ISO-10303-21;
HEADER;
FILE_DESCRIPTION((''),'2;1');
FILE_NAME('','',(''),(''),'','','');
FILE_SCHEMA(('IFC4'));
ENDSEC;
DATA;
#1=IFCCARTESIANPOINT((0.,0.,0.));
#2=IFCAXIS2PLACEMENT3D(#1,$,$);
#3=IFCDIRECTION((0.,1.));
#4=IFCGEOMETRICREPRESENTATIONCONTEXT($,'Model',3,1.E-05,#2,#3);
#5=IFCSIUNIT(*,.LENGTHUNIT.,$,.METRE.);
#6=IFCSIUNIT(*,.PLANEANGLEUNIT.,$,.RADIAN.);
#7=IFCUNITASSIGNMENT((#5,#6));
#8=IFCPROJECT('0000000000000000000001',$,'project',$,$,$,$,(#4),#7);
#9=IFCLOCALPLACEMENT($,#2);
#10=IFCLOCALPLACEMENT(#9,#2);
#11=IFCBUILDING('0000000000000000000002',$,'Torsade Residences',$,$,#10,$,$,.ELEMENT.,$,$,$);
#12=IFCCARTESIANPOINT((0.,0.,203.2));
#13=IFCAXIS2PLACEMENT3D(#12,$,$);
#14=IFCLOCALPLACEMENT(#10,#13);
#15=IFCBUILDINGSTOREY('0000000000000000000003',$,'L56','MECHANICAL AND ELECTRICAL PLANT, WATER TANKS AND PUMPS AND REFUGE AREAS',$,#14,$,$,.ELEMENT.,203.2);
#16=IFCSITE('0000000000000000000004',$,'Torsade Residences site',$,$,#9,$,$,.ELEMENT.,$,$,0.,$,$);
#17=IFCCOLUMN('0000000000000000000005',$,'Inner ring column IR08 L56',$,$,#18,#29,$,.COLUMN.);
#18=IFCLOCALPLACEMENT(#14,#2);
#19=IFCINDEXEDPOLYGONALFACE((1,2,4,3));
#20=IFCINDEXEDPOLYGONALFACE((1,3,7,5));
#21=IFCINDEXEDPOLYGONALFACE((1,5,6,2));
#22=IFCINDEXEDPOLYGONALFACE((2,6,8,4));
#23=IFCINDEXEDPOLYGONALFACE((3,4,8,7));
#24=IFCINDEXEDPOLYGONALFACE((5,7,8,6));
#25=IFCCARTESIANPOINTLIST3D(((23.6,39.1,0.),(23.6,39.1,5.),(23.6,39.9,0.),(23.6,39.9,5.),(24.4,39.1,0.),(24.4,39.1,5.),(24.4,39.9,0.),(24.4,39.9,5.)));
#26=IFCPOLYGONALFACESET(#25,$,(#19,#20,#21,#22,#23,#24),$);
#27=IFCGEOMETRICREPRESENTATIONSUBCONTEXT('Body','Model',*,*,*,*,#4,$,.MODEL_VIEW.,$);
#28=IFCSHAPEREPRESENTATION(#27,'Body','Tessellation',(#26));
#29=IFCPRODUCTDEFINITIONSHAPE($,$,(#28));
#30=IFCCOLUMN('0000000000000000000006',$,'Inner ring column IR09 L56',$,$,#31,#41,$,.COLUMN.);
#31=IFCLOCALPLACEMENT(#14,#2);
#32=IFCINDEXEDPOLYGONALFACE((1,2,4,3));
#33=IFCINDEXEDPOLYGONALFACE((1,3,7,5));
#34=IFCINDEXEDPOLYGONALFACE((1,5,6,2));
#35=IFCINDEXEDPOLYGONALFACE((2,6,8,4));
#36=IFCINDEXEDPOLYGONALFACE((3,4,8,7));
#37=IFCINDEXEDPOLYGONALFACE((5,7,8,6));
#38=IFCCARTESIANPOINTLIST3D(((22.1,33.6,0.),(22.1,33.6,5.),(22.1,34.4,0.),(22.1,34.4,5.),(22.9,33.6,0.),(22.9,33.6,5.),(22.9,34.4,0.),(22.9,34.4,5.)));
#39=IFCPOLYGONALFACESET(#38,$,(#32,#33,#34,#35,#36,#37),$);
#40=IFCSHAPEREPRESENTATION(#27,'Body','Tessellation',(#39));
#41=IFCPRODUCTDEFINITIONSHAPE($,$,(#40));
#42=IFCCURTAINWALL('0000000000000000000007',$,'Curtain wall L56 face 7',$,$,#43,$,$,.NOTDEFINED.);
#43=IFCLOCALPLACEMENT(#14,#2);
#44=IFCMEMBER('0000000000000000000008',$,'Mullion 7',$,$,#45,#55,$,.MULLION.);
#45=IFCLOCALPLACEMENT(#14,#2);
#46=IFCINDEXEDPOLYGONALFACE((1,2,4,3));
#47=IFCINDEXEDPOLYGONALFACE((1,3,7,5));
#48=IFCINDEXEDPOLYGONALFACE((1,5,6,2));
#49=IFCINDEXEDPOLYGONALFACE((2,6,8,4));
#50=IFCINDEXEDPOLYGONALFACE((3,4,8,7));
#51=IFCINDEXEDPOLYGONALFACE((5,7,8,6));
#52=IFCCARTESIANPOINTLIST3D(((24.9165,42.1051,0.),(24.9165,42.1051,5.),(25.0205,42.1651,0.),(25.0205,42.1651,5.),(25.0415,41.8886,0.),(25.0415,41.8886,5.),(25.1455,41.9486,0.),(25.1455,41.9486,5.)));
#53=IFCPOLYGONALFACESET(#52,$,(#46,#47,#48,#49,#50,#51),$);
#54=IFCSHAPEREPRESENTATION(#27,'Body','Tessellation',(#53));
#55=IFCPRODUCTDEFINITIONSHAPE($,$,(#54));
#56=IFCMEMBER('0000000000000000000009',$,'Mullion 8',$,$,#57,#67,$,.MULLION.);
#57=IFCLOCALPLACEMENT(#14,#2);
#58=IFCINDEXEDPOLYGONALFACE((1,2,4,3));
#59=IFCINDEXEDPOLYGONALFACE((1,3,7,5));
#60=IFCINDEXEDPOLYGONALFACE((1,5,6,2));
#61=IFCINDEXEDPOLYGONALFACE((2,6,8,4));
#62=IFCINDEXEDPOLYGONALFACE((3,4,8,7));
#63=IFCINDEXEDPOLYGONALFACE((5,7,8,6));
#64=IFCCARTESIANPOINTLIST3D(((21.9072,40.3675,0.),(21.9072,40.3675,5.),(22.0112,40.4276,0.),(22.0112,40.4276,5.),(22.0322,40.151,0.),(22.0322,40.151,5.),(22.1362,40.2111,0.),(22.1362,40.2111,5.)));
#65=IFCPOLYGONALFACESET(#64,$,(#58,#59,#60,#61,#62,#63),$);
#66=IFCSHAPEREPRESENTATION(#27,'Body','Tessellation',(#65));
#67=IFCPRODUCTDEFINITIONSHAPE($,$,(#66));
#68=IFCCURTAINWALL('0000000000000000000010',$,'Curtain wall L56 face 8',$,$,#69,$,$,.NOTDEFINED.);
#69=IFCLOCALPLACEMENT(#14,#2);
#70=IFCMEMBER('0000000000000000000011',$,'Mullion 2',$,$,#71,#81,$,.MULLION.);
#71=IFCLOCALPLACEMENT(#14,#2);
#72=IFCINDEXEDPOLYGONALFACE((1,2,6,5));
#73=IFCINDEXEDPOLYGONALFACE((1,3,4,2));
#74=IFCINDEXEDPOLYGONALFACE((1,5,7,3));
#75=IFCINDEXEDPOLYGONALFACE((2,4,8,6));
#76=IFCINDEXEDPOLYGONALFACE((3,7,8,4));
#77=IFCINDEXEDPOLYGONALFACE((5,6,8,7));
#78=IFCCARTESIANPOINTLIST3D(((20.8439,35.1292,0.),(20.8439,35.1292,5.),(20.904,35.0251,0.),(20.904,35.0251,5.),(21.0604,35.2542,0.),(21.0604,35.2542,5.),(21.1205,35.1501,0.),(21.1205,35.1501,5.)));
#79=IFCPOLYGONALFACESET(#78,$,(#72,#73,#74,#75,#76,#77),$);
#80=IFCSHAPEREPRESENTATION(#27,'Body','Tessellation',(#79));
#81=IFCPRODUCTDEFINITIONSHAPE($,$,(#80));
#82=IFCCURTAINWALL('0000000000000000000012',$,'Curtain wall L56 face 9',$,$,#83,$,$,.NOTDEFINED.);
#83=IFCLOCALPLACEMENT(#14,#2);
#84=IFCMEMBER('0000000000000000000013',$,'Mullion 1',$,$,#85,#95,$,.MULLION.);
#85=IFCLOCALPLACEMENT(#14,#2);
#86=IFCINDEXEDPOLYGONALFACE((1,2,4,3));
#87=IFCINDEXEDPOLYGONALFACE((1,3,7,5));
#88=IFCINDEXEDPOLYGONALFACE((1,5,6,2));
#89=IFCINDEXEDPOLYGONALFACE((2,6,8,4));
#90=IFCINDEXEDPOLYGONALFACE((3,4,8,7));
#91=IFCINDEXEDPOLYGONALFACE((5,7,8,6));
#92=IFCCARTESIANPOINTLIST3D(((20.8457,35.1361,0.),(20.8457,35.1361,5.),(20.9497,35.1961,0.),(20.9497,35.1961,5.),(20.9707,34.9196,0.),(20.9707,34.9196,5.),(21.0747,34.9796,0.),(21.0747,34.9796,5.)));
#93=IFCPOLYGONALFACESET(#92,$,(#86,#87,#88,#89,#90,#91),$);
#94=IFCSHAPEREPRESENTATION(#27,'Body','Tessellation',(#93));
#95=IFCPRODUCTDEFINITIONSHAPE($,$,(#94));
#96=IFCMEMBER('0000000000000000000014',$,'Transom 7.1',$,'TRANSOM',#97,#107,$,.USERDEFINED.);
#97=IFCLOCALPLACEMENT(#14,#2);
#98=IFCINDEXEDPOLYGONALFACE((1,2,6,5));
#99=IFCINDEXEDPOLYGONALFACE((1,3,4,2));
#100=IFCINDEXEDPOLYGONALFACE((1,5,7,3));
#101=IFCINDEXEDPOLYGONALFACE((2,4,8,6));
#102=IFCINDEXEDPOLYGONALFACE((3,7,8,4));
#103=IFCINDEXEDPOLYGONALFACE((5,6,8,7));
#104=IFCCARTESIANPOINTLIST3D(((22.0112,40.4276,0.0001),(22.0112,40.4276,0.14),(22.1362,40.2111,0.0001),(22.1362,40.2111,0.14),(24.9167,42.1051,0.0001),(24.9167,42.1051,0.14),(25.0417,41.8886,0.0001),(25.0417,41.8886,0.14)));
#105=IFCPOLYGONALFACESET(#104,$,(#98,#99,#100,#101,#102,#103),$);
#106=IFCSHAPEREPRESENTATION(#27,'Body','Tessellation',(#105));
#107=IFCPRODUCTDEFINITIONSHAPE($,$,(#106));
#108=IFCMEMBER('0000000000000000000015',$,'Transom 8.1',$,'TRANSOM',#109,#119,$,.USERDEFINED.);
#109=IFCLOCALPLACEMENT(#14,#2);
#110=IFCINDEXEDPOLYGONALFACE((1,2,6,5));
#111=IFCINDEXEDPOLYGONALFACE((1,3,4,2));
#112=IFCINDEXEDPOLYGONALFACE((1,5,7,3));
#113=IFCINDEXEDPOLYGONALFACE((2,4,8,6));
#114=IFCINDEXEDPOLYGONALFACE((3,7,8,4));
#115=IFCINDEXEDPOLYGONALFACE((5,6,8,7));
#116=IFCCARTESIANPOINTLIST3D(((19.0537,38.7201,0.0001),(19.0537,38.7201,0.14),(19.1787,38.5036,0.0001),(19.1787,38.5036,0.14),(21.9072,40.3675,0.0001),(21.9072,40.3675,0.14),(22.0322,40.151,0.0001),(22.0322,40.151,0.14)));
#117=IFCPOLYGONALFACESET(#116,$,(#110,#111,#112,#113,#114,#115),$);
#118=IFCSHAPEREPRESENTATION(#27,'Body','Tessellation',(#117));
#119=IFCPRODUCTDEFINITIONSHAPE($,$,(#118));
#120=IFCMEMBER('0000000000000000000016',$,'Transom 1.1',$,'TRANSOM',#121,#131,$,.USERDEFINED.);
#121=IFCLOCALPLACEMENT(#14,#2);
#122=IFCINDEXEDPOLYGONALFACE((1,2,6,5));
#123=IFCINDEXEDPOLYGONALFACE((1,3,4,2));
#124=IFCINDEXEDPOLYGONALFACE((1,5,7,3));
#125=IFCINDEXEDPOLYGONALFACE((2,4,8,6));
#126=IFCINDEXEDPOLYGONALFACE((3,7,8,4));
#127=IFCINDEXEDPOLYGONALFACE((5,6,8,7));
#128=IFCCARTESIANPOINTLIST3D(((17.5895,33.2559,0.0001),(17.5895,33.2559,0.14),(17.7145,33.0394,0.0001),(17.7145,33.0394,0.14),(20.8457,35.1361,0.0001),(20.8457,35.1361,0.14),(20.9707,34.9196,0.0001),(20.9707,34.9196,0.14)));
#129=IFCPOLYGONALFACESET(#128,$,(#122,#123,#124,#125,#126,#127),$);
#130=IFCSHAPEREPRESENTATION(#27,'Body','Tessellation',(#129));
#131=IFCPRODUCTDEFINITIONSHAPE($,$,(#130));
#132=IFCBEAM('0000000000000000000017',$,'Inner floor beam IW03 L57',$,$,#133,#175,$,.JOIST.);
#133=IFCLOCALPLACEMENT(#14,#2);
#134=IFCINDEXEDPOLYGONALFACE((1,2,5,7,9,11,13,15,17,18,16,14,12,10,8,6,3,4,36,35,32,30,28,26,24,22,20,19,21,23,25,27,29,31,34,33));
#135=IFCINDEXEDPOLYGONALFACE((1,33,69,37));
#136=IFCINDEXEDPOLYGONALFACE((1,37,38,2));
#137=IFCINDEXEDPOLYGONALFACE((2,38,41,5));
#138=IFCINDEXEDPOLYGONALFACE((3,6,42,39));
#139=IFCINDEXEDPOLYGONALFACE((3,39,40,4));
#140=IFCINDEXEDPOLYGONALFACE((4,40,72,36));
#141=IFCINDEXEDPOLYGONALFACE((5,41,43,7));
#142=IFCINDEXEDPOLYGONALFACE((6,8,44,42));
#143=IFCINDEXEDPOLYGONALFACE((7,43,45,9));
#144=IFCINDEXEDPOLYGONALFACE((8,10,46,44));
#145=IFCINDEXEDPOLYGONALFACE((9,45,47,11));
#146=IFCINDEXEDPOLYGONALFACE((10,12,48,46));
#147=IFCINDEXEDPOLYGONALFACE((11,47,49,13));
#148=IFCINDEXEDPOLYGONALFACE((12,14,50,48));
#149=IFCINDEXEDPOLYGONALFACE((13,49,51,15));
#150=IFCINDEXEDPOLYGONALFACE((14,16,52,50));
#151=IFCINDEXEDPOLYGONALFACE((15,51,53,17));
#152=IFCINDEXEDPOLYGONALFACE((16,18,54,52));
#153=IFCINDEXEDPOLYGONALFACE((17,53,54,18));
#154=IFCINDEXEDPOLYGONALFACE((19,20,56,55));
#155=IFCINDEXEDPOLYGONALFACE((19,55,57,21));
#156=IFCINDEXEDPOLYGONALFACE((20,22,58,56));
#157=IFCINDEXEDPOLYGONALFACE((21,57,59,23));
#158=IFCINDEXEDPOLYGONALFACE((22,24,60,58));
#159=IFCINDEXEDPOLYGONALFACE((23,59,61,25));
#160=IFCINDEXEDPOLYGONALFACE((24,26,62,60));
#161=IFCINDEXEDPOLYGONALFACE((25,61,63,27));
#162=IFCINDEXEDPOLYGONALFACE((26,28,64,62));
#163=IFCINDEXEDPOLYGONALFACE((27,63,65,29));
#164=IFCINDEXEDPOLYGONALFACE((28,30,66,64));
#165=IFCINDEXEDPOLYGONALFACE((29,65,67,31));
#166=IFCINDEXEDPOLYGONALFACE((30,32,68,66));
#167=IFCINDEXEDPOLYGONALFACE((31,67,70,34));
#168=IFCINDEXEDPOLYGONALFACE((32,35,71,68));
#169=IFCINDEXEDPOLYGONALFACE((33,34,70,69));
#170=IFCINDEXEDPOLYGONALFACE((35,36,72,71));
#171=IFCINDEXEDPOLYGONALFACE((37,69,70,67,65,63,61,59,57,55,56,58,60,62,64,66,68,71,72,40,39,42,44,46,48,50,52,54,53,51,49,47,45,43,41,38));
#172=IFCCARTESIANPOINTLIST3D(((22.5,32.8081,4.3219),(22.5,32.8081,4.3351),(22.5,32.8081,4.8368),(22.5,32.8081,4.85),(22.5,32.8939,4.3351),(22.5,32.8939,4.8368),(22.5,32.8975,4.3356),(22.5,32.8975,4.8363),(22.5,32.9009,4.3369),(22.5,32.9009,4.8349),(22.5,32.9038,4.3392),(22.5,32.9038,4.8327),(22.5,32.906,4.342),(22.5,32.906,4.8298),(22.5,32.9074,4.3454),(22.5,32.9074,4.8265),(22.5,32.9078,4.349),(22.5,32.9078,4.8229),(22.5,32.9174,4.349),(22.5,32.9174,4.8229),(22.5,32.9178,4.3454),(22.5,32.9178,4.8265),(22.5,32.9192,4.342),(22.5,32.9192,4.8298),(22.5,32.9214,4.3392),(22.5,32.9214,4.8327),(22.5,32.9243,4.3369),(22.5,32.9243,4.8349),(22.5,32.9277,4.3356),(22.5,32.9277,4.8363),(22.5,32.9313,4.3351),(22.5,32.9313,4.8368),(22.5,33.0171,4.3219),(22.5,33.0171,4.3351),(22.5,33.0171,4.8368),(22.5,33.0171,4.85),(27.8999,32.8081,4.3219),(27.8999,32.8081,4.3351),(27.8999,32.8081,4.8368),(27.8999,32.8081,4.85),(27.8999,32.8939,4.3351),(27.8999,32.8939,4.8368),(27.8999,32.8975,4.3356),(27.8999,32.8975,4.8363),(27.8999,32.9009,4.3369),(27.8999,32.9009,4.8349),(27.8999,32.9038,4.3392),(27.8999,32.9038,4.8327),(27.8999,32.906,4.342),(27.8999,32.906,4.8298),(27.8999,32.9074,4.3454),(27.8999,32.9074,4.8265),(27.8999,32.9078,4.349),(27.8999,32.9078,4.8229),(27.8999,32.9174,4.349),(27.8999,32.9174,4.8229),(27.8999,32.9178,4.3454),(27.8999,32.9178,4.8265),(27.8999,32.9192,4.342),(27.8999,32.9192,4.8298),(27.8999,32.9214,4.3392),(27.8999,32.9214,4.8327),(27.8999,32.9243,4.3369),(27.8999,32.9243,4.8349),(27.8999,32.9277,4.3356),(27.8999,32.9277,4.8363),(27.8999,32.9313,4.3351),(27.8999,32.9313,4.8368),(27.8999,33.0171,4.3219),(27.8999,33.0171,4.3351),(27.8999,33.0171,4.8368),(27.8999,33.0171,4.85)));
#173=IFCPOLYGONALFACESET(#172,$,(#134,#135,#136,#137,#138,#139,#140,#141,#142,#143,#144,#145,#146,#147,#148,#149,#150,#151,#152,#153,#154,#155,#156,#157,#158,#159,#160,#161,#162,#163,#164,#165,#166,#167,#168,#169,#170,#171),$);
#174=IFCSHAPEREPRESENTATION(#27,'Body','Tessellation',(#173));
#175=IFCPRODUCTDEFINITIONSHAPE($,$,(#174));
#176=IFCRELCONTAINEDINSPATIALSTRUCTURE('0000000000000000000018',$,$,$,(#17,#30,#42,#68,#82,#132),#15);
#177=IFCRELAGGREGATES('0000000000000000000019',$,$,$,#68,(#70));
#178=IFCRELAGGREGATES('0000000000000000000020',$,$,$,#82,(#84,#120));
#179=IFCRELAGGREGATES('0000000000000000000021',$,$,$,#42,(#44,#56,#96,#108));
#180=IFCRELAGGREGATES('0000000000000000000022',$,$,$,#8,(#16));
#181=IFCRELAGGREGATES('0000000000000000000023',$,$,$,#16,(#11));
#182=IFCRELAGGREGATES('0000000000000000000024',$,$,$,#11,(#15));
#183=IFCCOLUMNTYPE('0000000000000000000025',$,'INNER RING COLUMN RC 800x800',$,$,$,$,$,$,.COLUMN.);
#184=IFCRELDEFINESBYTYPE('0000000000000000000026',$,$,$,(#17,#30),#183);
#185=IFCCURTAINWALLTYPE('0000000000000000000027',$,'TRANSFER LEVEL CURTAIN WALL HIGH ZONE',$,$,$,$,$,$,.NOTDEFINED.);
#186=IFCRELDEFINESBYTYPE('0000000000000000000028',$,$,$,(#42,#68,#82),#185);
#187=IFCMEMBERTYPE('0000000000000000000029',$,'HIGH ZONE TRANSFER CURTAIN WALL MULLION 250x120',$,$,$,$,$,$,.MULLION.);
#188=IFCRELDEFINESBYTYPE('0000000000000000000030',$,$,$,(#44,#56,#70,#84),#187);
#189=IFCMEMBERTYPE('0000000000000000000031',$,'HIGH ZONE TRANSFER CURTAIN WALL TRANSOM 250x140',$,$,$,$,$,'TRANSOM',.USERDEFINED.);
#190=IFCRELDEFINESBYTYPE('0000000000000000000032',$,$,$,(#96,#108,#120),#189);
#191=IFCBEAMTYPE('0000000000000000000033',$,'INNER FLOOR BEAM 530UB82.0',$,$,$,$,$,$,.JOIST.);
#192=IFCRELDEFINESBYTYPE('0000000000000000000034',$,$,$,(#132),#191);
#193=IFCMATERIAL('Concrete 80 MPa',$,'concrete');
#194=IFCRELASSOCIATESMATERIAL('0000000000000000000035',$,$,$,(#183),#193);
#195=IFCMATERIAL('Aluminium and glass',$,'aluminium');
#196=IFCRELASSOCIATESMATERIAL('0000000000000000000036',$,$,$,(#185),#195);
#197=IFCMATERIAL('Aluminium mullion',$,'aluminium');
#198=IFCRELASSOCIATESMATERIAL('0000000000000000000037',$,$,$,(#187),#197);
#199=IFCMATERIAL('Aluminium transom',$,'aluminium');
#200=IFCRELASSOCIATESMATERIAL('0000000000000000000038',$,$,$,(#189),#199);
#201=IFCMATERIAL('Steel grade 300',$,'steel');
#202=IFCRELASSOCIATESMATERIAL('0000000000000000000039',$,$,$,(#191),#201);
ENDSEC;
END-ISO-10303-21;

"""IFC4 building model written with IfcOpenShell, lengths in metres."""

from ifc_helpers import new_model, si_unit, direction, frame, origin, origin_2d, place, context, subcontext, project, spatial, rectangle, i_section, extrude, material, material_profile, profile_set, type_object, element, aggregate, save


model = new_model("IFC4")

# Units and contexts
model_context = context("Model", 3, precision=1e-05, world=origin(), true_north=direction((0.0, 1.0)))
body_context = subcontext(model_context, "Body", "Model", "MODEL_VIEW")
ifc_project = project(units=[si_unit("LENGTHUNIT", "METRE"), si_unit("PLANEANGLEUNIT", "RADIAN")], contexts=[model_context])

# Site, building, storey
site_placement = place(None, origin())
site = spatial("IfcSite", under=ifc_project, at=site_placement, Name="Torsade Residences site", CompositionType="ELEMENT", RefElevation=0.0)
building_placement = place(site_placement, origin())
building = spatial("IfcBuilding", under=site, at=building_placement, Name="Torsade Residences", CompositionType="ELEMENT")
storey_placement = place(building_placement, frame((0.0, 0.0, 203.2)))
storey = spatial("IfcBuildingStorey", under=building, at=storey_placement, Name="L56", Description="MECHANICAL AND ELECTRICAL PLANT, WATER TANKS AND PUMPS AND REFUGE AREAS", CompositionType="ELEMENT", Elevation=203.2)

# Columns
ifc_material_1 = material(Name="Concrete 80 MPa", Category="concrete")
ifc_material_profile_1 = material_profile(ifc_material_1, rectangle(XDim=0.8, YDim=0.8, at=origin_2d()), Name="RC 800x800")
ifc_profile_set_1 = profile_set([ifc_material_profile_1], Name="Concrete 80 MPa")
column_type = type_object("IfcColumnType", Name="INNER RING COLUMN RC 800x800", PredefinedType="COLUMN", material=ifc_profile_set_1)
for number, where, z_axis, x_axis, name in (
    (1, (24.0, 39.5, 0.0), (0.0, 0.0, 1.0), (1.0, 0.0, 0.0), "Inner ring column IR08 L56"),
    (2, (22.5, 34.0, 0.0), (0.0, 0.0, 1.0), (1.0, 0.0, 0.0), "Inner ring column IR09 L56"),
):
    element("IfcColumn", number, at=place(storey_placement, frame(where, z_axis=z_axis, x_axis=x_axis)), inside=storey, type_object=column_type, Name=name, PredefinedType="COLUMN", context=body_context, shape_type="SweptSolid", body=[
        extrude(rectangle(XDim=0.8, YDim=0.8, at=origin_2d()), origin(), (0.0, 0.0, 1.0), 5.0),
    ])

# Curtain wall, members
ifc_material_2 = material(Name="Aluminium and glass", Category="aluminium")
curtain_wall_type = type_object("IfcCurtainWallType", Name="TRANSFER LEVEL CURTAIN WALL HIGH ZONE", PredefinedType="NOTDEFINED", material=ifc_material_2)
curtain_wall_1_placement = place(storey_placement, origin())
curtain_wall_1 = element("IfcCurtainWall", 3, at=curtain_wall_1_placement, inside=storey, type_object=curtain_wall_type, Name="Curtain wall L56 face 7", PredefinedType="NOTDEFINED")
ifc_material_3 = material(Name="Aluminium mullion", Category="aluminium")
ifc_material_profile_2 = material_profile(ifc_material_3, rectangle(XDim=0.25, YDim=0.1201, at=origin_2d()), Name="HIGH ZONE TRANSFER CURTAIN WALL MULLION 250x120")
ifc_profile_set_2 = profile_set([ifc_material_profile_2], Name="Aluminium mullion")
member_type_1 = type_object("IfcMemberType", Name="HIGH ZONE TRANSFER CURTAIN WALL MULLION 250x120", PredefinedType="MULLION", material=ifc_profile_set_2)
member_1_placement = place(storey_placement, frame((25.031, 42.0269, 0.0), z_axis=(0.0, 0.0, 1.0), x_axis=(0.5, -0.866025, 0.0)))
member_1 = element("IfcMember", 4, at=member_1_placement, type_object=member_type_1, Name="Mullion 7", PredefinedType="MULLION", context=body_context, shape_type="SweptSolid", body=[
    extrude(rectangle(XDim=0.25, YDim=0.1201, at=origin_2d()), origin(), (0.0, 0.0, 1.0), 5.0),
])
member_2_placement = place(storey_placement, frame((22.0217, 40.2893, 0.0), z_axis=(0.0, 0.0, 1.0), x_axis=(0.5, -0.866025, 0.0)))
member_2 = element("IfcMember", 5, at=member_2_placement, type_object=member_type_1, Name="Mullion 8", PredefinedType="MULLION", context=body_context, shape_type="SweptSolid", body=[
    extrude(rectangle(XDim=0.25, YDim=0.1201, at=origin_2d()), origin(), (0.0, 0.0, 1.0), 5.0),
])

# Curtain walls, members
curtain_wall_2_placement = place(storey_placement, origin())
curtain_wall_2 = element("IfcCurtainWall", 6, at=curtain_wall_2_placement, inside=storey, type_object=curtain_wall_type, Name="Curtain wall L56 face 8", PredefinedType="NOTDEFINED")
member_3_placement = place(storey_placement, frame((20.9822, 35.1396, 0.0), z_axis=(0.0, 0.0, 1.0), x_axis=(0.866025, 0.5, 0.0)))
member_3 = element("IfcMember", 7, at=member_3_placement, type_object=member_type_1, Name="Mullion 2", PredefinedType="MULLION", context=body_context, shape_type="SweptSolid", body=[
    extrude(rectangle(XDim=0.25, YDim=0.1201, at=origin_2d()), origin(), (0.0, 0.0, 1.0), 5.0),
])
aggregate(curtain_wall_2, [member_3])
curtain_wall_3_placement = place(storey_placement, origin())
curtain_wall_3 = element("IfcCurtainWall", 8, at=curtain_wall_3_placement, inside=storey, type_object=curtain_wall_type, Name="Curtain wall L56 face 9", PredefinedType="NOTDEFINED")
member_4_placement = place(storey_placement, frame((20.9602, 35.0579, 0.0), z_axis=(0.0, 0.0, 1.0), x_axis=(0.5, -0.866025, 0.0)))
member_4 = element("IfcMember", 9, at=member_4_placement, type_object=member_type_1, Name="Mullion 1", PredefinedType="MULLION", context=body_context, shape_type="SweptSolid", body=[
    extrude(rectangle(XDim=0.25, YDim=0.1201, at=origin_2d()), origin(), (0.0, 0.0, 1.0), 5.0),
])

# Members
ifc_material_4 = material(Name="Aluminium transom", Category="aluminium")
ifc_material_profile_3 = material_profile(ifc_material_4, rectangle(XDim=0.25, YDim=0.1399, at=origin_2d()), Name="HIGH ZONE TRANSFER CURTAIN WALL TRANSOM 250x140")
ifc_profile_set_3 = profile_set([ifc_material_profile_3], Name="Aluminium transom")
member_type_2 = type_object("IfcMemberType", Name="HIGH ZONE TRANSFER CURTAIN WALL TRANSOM 250x140", ElementType="TRANSOM", PredefinedType="USERDEFINED", material=ifc_profile_set_3)
member_5_placement = place(storey_placement, frame((24.9792, 41.9968, 0.0701), z_axis=(-0.866027, -0.499998, 0.0), x_axis=(0.499998, -0.866027, 0.0)))
member_5 = element("IfcMember", 10, at=member_5_placement, type_object=member_type_2, Name="Transom 7.1", ObjectType="TRANSOM", PredefinedType="USERDEFINED", context=body_context, shape_type="SweptSolid", body=[
    extrude(rectangle(XDim=0.25, YDim=0.1399, at=origin_2d()), origin(), (0.0, 0.0, 1.0), 3.355),
])
member_6_placement = place(storey_placement, frame((21.9697, 40.2593, 0.0701), z_axis=(-0.866028, -0.499996, 0.0), x_axis=(0.499996, -0.866028, 0.0)))
member_6 = element("IfcMember", 11, at=member_6_placement, type_object=member_type_2, Name="Transom 8.1", ObjectType="TRANSOM", PredefinedType="USERDEFINED", context=body_context, shape_type="SweptSolid", body=[
    extrude(rectangle(XDim=0.25, YDim=0.1399, at=origin_2d()), origin(), (0.0, 0.0, 1.0), 3.2949),
])
member_7_placement = place(storey_placement, frame((20.9082, 35.0278, 0.0701), z_axis=(-0.866001, -0.500043, 0.0), x_axis=(0.500043, -0.866001, 0.0)))
member_7 = element("IfcMember", 12, at=member_7_placement, type_object=member_type_2, Name="Transom 1.1", ObjectType="TRANSOM", PredefinedType="USERDEFINED", context=body_context, shape_type="SweptSolid", body=[
    extrude(rectangle(XDim=0.25, YDim=0.1399, at=origin_2d()), origin(), (0.0, 0.0, 1.0), 3.76),
])
aggregate(curtain_wall_3, [member_4, member_7])

# Beam
ifc_material_5 = material(Name="Steel grade 300", Category="steel")
ifc_material_profile_4 = material_profile(ifc_material_5, i_section(OverallWidth=0.209, OverallDepth=0.5281, WebThickness=0.0095, FlangeThickness=0.0132, FilletRadius=0.0139, at=origin_2d()), Name="530UB82.0")
ifc_profile_set_4 = profile_set([ifc_material_profile_4], Name="Steel grade 300")
beam_type_1 = type_object("IfcBeamType", Name="INNER FLOOR BEAM 530UB82.0", PredefinedType="JOIST", material=ifc_profile_set_4)
beam_1_placement = place(storey_placement, frame((27.8999, 32.9126, 4.5859), z_axis=(-1.0, 0.0, 0.0), x_axis=(0.0, -1.0, 0.0)))
element("IfcBeam", 13, at=beam_1_placement, inside=storey, type_object=beam_type_1, Name="Inner floor beam IW03 L57", PredefinedType="JOIST", context=body_context, shape_type="SweptSolid", body=[
    extrude(i_section(OverallWidth=0.209, OverallDepth=0.5281, WebThickness=0.0095, FlangeThickness=0.0132, FilletRadius=0.0139, at=origin_2d()), origin(), (0.0, 0.0, 1.0), 5.3999),
])

aggregate(curtain_wall_1, [member_1, member_2, member_5, member_6])

save(model, "model.ifc")
